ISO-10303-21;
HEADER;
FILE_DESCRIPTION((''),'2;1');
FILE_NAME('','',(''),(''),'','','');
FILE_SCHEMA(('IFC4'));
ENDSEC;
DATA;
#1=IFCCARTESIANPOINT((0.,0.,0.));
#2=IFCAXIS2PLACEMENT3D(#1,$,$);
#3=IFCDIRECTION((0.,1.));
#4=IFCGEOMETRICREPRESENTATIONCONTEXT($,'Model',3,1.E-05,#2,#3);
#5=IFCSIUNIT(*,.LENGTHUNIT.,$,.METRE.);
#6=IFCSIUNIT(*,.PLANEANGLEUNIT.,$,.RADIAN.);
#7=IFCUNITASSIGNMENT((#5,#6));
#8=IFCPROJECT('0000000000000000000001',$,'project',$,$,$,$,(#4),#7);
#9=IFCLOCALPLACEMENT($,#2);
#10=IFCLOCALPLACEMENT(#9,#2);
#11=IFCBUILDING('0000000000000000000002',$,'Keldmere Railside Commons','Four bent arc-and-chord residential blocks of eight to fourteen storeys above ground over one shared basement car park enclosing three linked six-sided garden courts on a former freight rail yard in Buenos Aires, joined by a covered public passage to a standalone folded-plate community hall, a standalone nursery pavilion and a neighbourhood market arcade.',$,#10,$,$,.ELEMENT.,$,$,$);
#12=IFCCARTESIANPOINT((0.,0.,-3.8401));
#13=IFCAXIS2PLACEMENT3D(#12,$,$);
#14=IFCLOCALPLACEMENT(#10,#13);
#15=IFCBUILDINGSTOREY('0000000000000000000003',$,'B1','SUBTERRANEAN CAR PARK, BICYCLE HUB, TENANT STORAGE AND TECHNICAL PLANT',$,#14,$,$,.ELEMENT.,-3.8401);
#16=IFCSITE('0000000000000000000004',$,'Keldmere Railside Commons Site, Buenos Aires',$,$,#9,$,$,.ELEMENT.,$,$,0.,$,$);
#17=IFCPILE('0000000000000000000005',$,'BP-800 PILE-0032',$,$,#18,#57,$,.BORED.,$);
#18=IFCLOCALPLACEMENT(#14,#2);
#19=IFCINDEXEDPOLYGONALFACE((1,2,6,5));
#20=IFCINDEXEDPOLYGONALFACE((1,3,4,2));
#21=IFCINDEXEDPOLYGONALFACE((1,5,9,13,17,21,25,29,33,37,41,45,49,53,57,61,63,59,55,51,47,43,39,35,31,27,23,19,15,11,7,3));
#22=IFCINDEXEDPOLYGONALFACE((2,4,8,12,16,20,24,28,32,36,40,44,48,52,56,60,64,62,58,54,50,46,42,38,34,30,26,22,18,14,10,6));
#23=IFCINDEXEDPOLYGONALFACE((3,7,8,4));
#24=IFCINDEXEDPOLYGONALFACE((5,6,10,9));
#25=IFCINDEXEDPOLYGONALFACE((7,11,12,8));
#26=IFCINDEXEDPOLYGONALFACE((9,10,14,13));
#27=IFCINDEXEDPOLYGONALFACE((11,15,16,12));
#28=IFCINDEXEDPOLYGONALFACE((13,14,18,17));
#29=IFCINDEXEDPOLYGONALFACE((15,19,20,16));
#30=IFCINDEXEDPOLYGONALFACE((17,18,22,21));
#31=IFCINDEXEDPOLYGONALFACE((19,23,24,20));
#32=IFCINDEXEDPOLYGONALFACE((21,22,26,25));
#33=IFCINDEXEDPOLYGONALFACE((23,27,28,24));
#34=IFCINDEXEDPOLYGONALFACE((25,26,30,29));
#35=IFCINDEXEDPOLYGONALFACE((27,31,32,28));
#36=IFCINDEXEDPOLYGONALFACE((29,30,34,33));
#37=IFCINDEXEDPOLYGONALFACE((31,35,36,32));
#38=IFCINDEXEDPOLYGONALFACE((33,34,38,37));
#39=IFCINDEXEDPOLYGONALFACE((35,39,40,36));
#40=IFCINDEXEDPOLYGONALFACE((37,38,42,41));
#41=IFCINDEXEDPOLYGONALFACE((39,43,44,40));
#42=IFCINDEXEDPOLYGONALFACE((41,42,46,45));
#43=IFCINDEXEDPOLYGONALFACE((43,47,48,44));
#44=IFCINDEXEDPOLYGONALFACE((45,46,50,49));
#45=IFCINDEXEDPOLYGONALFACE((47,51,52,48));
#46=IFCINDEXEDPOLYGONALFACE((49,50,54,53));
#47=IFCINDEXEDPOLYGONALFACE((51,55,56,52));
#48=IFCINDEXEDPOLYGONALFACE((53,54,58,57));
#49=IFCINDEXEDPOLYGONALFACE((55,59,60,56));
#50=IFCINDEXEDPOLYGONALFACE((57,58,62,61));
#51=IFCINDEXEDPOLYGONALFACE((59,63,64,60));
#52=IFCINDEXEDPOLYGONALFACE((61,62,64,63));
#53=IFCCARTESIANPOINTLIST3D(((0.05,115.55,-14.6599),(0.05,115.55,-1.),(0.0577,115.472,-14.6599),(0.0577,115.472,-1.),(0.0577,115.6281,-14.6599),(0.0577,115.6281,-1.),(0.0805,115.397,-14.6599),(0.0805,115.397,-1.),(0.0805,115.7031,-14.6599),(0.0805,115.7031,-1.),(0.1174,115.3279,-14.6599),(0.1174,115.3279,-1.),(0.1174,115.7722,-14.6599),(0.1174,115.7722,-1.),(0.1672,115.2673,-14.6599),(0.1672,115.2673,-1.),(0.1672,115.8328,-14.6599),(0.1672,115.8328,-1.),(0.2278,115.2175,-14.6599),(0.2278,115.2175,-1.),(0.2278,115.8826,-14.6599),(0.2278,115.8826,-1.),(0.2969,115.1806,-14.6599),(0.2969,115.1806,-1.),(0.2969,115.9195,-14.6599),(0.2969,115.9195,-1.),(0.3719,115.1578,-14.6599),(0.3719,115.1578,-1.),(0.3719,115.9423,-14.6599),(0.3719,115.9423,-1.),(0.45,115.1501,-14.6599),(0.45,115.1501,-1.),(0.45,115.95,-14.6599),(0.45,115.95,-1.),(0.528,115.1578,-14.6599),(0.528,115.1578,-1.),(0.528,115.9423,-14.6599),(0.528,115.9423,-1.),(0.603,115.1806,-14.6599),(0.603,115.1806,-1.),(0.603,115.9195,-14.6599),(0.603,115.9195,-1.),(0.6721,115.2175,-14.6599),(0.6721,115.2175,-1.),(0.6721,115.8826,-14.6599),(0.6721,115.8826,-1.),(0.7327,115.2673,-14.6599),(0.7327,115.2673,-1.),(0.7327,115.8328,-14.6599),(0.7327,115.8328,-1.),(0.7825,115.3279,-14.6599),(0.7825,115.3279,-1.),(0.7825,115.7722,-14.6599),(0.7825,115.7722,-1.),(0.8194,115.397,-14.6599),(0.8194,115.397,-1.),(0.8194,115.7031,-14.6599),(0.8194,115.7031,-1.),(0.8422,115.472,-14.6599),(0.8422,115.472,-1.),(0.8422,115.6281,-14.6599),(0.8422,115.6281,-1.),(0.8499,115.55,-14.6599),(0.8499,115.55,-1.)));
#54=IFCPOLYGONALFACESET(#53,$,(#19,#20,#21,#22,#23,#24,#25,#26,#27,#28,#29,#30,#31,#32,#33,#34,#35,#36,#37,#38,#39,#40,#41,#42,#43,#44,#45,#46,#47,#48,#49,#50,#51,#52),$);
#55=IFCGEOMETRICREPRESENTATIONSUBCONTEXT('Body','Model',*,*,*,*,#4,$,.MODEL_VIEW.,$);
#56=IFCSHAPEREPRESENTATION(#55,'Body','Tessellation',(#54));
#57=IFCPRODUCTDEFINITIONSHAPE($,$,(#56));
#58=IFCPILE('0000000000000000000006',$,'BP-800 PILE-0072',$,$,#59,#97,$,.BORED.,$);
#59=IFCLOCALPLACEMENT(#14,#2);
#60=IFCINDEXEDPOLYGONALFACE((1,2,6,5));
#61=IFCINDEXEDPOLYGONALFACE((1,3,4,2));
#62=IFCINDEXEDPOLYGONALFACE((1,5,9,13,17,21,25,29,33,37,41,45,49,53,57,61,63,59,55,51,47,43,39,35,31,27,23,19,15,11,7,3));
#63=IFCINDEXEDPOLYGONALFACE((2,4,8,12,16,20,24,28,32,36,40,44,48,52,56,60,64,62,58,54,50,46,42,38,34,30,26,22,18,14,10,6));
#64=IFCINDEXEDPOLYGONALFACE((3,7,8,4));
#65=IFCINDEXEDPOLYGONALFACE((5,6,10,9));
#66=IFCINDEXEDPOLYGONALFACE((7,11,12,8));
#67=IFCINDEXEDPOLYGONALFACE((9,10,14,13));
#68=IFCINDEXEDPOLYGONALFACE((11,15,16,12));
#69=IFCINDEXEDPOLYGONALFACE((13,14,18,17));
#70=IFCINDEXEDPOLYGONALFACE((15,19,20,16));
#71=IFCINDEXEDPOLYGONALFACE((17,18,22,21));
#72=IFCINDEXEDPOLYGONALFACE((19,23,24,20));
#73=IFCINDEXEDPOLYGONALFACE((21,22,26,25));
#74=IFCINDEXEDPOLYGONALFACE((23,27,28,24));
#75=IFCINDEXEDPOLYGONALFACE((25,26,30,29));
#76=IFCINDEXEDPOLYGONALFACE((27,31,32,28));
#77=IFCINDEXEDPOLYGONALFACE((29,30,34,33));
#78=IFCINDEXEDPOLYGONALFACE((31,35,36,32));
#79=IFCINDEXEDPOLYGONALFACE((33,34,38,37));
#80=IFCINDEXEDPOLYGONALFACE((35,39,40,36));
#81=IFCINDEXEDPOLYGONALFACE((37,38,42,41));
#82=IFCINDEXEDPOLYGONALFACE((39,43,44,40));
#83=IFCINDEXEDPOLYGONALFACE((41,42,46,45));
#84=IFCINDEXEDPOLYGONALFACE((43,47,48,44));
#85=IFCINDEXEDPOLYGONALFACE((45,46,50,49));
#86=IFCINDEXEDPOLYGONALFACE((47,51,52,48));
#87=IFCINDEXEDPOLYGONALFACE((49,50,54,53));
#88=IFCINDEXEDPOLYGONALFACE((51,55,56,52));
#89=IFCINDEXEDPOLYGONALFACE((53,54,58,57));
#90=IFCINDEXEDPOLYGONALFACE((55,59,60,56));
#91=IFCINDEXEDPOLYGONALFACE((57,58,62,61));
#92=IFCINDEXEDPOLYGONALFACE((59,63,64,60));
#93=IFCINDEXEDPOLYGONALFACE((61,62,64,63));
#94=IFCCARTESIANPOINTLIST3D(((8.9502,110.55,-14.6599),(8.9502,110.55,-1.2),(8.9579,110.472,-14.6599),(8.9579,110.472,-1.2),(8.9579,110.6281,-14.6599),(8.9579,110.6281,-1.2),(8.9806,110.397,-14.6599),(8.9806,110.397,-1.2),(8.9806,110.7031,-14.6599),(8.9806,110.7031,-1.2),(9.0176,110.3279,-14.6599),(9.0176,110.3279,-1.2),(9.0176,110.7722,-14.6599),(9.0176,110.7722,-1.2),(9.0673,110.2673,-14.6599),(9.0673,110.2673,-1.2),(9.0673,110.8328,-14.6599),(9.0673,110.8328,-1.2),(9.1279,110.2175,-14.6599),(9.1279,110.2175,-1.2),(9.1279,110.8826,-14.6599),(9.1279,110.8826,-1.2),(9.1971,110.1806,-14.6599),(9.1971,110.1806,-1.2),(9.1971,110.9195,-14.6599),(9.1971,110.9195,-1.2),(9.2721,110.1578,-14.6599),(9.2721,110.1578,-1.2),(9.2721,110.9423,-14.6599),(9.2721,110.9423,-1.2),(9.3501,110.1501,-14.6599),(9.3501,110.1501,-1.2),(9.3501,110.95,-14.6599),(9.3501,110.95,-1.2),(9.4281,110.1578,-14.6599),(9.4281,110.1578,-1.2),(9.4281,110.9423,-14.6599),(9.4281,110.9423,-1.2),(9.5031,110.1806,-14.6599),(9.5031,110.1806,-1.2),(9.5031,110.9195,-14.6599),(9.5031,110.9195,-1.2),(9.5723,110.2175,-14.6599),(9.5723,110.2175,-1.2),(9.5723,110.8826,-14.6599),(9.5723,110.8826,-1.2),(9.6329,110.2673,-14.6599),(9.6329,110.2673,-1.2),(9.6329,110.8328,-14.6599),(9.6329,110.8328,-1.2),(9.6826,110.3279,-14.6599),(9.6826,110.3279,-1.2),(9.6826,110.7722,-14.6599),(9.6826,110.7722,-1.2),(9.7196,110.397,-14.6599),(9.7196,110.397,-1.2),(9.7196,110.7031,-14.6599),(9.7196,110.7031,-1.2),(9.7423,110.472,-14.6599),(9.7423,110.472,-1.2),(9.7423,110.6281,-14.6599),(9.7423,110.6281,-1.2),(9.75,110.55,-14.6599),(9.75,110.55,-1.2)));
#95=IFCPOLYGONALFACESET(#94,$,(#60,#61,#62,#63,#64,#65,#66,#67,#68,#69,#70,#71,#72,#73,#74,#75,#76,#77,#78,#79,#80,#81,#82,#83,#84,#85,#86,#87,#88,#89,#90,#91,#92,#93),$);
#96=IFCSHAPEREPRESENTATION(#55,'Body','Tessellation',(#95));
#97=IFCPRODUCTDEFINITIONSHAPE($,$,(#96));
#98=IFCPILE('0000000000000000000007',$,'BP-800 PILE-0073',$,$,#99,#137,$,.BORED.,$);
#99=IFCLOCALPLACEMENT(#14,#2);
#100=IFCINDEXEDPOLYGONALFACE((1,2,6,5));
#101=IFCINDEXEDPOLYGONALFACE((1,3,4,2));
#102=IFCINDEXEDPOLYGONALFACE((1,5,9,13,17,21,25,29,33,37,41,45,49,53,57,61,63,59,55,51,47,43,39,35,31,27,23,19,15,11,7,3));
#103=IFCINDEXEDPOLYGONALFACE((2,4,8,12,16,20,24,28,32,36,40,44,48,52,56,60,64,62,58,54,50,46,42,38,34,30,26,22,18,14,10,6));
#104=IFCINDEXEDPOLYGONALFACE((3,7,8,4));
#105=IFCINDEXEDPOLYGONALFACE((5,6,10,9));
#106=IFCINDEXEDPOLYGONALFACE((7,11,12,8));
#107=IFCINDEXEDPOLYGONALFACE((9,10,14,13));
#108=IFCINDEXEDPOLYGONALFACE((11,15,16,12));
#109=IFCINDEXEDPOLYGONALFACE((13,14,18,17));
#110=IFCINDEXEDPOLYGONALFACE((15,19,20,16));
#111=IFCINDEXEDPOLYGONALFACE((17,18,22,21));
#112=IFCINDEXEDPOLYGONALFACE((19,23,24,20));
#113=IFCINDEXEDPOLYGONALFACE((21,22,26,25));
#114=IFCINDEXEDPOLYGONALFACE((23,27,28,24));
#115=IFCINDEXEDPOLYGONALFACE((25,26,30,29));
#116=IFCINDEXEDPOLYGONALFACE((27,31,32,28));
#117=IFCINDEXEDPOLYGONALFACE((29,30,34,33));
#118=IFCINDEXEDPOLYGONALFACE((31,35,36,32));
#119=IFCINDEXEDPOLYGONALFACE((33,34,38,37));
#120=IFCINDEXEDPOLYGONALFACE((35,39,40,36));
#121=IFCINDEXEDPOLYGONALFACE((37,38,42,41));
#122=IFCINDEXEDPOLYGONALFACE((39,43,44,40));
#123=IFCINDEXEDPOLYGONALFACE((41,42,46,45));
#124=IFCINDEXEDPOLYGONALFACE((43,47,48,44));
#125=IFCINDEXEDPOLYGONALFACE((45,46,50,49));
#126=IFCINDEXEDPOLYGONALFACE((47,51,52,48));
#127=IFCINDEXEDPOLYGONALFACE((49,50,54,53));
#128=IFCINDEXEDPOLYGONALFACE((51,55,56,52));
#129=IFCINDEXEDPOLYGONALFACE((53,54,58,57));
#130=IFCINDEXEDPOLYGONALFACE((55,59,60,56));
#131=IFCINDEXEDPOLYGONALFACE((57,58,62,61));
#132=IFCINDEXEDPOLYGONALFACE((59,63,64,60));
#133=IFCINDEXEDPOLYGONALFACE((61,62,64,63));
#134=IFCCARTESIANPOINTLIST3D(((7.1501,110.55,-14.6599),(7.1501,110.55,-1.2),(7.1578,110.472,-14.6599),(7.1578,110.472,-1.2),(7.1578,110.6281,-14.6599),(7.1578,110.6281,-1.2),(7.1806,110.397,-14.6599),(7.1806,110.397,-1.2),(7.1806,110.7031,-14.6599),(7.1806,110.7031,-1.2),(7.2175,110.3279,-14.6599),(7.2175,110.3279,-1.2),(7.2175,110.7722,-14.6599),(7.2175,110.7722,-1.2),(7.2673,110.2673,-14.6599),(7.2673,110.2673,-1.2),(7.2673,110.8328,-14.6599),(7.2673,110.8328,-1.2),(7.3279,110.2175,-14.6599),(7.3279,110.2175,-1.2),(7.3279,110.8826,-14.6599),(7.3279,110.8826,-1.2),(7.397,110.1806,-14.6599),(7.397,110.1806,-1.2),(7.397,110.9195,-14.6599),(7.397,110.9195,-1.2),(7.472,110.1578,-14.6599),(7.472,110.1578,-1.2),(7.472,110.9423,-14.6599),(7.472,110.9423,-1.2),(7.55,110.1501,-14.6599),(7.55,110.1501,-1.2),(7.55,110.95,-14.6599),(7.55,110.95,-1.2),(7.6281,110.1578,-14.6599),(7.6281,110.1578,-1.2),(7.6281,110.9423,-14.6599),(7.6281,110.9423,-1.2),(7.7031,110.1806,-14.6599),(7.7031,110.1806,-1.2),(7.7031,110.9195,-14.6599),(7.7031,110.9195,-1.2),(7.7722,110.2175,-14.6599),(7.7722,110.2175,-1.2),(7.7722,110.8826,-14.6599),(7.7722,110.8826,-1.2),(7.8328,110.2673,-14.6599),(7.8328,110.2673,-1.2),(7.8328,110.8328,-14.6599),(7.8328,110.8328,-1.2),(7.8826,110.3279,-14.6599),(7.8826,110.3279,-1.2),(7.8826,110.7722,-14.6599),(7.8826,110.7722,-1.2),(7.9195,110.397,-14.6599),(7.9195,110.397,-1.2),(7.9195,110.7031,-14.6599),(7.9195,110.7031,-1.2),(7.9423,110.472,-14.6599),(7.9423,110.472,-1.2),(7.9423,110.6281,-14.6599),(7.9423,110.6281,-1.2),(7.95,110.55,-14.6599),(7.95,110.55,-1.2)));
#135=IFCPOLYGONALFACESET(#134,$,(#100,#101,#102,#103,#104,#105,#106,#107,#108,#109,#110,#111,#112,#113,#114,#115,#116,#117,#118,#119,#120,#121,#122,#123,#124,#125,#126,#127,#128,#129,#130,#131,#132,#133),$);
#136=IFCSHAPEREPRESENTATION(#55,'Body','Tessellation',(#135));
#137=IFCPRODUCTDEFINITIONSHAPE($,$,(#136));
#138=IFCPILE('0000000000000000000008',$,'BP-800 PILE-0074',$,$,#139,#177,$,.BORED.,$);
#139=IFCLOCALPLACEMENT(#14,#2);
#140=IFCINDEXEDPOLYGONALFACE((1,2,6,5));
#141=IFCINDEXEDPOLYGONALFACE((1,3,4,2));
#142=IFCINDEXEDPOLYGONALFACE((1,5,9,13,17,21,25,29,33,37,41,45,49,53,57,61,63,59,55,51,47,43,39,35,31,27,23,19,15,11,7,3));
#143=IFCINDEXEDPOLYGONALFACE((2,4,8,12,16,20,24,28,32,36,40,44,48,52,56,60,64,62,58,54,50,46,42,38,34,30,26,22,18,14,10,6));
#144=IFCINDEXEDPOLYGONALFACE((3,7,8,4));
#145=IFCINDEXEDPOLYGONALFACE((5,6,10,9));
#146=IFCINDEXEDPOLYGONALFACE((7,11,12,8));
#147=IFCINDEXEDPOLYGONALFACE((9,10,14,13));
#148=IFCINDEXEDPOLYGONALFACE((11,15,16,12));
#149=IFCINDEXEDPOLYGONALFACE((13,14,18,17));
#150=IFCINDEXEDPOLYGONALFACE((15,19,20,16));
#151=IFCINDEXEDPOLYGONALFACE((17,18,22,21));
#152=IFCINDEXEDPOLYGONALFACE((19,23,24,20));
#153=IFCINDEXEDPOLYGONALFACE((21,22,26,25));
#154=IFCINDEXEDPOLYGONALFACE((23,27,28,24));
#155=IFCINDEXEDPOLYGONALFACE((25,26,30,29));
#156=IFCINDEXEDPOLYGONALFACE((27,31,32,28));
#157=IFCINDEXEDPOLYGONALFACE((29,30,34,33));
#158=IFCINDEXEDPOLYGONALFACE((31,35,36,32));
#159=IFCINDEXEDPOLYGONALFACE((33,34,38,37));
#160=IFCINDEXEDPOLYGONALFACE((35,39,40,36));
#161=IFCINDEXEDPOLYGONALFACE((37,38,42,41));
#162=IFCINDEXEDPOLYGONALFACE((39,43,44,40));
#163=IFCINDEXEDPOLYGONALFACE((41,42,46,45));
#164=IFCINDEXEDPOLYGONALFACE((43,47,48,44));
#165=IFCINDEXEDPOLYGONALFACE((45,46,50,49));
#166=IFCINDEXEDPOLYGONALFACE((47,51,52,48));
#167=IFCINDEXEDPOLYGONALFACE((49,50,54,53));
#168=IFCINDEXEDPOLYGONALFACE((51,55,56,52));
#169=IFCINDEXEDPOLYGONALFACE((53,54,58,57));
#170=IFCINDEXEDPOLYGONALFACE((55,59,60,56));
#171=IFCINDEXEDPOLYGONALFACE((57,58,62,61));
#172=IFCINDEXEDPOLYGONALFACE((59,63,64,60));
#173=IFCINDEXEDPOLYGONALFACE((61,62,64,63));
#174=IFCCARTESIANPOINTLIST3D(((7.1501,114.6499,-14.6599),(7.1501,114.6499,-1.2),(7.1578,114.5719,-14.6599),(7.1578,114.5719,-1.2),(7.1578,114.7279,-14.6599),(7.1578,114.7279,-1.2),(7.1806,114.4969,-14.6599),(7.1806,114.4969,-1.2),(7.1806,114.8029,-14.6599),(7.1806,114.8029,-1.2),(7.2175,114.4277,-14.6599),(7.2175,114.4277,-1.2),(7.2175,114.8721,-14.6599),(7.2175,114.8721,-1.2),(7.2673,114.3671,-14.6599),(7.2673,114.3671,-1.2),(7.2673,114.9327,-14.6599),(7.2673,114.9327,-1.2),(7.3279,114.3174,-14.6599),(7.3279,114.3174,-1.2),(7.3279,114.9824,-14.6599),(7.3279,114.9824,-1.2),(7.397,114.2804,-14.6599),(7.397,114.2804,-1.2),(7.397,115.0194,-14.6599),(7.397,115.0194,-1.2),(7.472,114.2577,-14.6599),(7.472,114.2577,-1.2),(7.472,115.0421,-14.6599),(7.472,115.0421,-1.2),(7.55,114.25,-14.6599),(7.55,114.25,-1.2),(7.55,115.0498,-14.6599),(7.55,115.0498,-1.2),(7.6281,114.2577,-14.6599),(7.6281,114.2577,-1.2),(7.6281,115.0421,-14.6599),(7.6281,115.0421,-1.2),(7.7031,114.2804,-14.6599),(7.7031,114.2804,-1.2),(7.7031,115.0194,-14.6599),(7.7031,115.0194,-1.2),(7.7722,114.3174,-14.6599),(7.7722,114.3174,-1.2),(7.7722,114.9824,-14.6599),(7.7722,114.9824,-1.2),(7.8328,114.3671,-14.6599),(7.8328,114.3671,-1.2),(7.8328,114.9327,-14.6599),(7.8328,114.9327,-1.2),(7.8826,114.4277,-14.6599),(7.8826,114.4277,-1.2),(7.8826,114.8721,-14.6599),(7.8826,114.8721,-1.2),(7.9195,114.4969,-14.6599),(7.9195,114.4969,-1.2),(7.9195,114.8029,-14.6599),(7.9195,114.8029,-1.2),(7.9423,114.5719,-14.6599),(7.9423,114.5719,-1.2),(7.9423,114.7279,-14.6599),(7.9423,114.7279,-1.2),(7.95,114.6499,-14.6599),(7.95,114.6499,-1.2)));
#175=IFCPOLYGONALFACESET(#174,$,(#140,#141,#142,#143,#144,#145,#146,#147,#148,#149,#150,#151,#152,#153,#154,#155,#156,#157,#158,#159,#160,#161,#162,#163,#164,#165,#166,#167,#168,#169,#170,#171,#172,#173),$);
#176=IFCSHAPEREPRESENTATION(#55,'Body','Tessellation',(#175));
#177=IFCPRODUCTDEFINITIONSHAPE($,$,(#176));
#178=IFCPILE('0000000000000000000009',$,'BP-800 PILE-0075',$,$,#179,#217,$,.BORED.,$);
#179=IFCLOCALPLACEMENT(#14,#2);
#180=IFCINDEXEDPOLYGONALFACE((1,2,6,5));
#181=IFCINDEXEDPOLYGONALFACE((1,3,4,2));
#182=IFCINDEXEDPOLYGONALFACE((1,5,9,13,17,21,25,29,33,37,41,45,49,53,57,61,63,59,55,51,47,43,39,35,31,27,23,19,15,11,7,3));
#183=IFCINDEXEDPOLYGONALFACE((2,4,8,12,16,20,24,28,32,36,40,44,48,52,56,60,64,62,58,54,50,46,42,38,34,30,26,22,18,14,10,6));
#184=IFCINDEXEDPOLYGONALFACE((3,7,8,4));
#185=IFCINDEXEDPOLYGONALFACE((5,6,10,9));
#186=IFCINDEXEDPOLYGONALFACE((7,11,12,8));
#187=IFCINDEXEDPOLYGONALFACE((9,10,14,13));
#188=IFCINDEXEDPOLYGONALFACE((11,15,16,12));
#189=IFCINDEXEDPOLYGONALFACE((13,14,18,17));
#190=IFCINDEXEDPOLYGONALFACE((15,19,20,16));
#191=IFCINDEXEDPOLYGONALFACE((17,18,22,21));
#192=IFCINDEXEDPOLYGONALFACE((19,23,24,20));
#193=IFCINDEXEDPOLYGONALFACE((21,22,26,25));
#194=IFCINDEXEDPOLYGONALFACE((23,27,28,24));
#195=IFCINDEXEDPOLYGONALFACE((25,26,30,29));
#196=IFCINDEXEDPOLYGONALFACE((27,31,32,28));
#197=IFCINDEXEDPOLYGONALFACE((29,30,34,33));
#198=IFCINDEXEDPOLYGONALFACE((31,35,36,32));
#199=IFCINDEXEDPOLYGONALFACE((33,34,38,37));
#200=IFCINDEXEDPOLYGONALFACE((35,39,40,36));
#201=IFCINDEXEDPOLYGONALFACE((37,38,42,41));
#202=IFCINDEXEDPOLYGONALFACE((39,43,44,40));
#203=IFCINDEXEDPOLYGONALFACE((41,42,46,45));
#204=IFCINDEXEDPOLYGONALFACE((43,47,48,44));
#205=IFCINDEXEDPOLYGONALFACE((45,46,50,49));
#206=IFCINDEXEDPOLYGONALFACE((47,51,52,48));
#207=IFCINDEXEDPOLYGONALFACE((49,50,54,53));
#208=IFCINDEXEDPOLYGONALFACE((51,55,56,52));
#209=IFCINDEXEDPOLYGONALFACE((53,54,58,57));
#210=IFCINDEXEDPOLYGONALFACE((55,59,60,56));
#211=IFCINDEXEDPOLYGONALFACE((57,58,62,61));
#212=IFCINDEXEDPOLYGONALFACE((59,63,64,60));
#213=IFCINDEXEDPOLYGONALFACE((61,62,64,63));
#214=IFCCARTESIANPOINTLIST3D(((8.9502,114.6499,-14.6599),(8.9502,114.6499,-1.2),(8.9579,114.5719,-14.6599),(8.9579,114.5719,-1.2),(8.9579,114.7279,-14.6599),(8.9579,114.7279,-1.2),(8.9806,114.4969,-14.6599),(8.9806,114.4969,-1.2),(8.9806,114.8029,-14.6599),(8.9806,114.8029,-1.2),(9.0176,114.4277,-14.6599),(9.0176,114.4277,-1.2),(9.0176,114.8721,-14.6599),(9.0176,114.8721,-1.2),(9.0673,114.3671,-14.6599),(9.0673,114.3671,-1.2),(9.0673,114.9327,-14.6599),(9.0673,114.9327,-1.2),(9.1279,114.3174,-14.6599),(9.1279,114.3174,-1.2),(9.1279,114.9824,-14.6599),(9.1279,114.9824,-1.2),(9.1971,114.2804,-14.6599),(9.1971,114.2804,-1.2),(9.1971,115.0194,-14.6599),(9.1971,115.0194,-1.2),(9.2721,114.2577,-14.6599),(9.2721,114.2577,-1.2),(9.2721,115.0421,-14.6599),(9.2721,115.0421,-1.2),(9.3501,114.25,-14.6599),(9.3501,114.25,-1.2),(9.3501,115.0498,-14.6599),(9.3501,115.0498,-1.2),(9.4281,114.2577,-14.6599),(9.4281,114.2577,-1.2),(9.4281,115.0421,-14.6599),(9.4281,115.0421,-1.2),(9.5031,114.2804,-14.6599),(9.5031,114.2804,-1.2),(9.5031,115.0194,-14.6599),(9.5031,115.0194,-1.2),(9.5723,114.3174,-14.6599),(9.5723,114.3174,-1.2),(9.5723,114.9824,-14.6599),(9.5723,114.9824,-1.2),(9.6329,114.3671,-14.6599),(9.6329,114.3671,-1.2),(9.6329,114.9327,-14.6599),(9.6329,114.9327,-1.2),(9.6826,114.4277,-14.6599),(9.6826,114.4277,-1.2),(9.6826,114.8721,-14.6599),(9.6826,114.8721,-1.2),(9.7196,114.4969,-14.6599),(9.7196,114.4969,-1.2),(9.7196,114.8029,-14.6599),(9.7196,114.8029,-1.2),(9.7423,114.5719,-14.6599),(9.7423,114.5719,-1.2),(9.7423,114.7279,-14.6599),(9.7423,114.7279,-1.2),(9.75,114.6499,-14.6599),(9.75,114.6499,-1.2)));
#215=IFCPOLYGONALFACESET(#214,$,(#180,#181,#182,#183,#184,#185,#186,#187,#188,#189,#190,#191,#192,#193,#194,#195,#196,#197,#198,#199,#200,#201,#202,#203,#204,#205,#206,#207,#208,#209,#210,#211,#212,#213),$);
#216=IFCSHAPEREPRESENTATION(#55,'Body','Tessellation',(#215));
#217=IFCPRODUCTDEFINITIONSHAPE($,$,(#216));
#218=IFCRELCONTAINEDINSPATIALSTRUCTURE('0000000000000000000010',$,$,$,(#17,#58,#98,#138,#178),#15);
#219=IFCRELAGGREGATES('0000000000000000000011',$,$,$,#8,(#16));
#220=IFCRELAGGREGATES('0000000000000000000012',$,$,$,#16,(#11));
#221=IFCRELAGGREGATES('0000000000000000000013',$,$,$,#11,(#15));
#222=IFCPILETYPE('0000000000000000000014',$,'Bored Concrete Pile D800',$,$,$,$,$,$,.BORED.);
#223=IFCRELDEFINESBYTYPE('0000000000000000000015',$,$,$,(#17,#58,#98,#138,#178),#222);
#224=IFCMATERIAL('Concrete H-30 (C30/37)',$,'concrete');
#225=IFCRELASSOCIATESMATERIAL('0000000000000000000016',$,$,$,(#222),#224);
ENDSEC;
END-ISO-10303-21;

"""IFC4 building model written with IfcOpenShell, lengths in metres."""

from ifc_helpers import new_model, si_unit, direction, frame, origin, origin_2d, place, context, subcontext, project, spatial, circle, extrude, material, material_profile, profile_set, type_object, element, save


model = new_model("IFC4")

# Units and contexts
model_context = context("Model", 3, precision=1e-05, world=origin(), true_north=direction((0.0, 1.0)))
body_context = subcontext(model_context, "Body", "Model", "MODEL_VIEW")
ifc_project = project(units=[si_unit("LENGTHUNIT", "METRE"), si_unit("PLANEANGLEUNIT", "RADIAN")], contexts=[model_context])

# Site, building, storey
site_placement = place(None, origin())
site = spatial("IfcSite", under=ifc_project, at=site_placement, Name="Keldmere Railside Commons Site, Buenos Aires", CompositionType="ELEMENT", RefElevation=0.0)
building_placement = place(site_placement, origin())
building = spatial("IfcBuilding", under=site, at=building_placement, Name="Keldmere Railside Commons", Description="Four bent arc-and-chord residential blocks of eight to fourteen storeys above ground over one shared basement car park enclosing three linked six-sided garden courts on a former freight rail yard in Buenos Aires, joined by a covered public passage to a standalone folded-plate community hall, a standalone nursery pavilion and a neighbourhood market arcade.", CompositionType="ELEMENT")
storey_placement = place(building_placement, frame((0.0, 0.0, -3.8401)))
storey = spatial("IfcBuildingStorey", under=building, at=storey_placement, Name="B1", Description="SUBTERRANEAN CAR PARK, BICYCLE HUB, TENANT STORAGE AND TECHNICAL PLANT", CompositionType="ELEMENT", Elevation=-3.8401)

# Piles
ifc_material_1 = material(Name="Concrete H-30 (C30/37)", Category="concrete")
ifc_material_profile_1 = material_profile(ifc_material_1, circle(Radius=0.3999, at=origin_2d()), Name="PILE-D800")
ifc_profile_set_1 = profile_set([ifc_material_profile_1], Name="Concrete H-30 (C30/37)")
pile_type = type_object("IfcPileType", Name="Bored Concrete Pile D800", PredefinedType="BORED", material=ifc_profile_set_1)
pile_placement = place(storey_placement, frame((0.45, 115.55, -1.0), z_axis=(0.0, 0.0, -1.0), x_axis=(1.0, 0.0, 0.0)))
element("IfcPile", 1, at=pile_placement, inside=storey, type_object=pile_type, Name="BP-800 PILE-0032", PredefinedType="BORED", context=body_context, shape_type="SweptSolid", body=[
    extrude(circle(Radius=0.3999, at=origin_2d()), origin(), (0.0, 0.0, 1.0), 13.6599),
])
for number, where, z_axis, x_axis, name in (
    (2, (9.3501, 110.55, -1.2), (0.0, 0.0, -1.0), (1.0, 0.0, 0.0), "BP-800 PILE-0072"),
    (3, (7.55, 110.55, -1.2), (0.0, 0.0, -1.0), (1.0, 0.0, 0.0), "BP-800 PILE-0073"),
    (4, (7.55, 114.6499, -1.2), (0.0, 0.0, -1.0), (1.0, 0.0, 0.0), "BP-800 PILE-0074"),
    (5, (9.3501, 114.6499, -1.2), (0.0, 0.0, -1.0), (1.0, 0.0, 0.0), "BP-800 PILE-0075"),
):
    element("IfcPile", number, at=place(storey_placement, frame(where, z_axis=z_axis, x_axis=x_axis)), inside=storey, type_object=pile_type, Name=name, PredefinedType="BORED", context=body_context, shape_type="SweptSolid", body=[
        extrude(circle(Radius=0.3999, at=origin_2d()), origin(), (0.0, 0.0, 1.0), 13.46),
    ])

save(model, "model.ifc")
